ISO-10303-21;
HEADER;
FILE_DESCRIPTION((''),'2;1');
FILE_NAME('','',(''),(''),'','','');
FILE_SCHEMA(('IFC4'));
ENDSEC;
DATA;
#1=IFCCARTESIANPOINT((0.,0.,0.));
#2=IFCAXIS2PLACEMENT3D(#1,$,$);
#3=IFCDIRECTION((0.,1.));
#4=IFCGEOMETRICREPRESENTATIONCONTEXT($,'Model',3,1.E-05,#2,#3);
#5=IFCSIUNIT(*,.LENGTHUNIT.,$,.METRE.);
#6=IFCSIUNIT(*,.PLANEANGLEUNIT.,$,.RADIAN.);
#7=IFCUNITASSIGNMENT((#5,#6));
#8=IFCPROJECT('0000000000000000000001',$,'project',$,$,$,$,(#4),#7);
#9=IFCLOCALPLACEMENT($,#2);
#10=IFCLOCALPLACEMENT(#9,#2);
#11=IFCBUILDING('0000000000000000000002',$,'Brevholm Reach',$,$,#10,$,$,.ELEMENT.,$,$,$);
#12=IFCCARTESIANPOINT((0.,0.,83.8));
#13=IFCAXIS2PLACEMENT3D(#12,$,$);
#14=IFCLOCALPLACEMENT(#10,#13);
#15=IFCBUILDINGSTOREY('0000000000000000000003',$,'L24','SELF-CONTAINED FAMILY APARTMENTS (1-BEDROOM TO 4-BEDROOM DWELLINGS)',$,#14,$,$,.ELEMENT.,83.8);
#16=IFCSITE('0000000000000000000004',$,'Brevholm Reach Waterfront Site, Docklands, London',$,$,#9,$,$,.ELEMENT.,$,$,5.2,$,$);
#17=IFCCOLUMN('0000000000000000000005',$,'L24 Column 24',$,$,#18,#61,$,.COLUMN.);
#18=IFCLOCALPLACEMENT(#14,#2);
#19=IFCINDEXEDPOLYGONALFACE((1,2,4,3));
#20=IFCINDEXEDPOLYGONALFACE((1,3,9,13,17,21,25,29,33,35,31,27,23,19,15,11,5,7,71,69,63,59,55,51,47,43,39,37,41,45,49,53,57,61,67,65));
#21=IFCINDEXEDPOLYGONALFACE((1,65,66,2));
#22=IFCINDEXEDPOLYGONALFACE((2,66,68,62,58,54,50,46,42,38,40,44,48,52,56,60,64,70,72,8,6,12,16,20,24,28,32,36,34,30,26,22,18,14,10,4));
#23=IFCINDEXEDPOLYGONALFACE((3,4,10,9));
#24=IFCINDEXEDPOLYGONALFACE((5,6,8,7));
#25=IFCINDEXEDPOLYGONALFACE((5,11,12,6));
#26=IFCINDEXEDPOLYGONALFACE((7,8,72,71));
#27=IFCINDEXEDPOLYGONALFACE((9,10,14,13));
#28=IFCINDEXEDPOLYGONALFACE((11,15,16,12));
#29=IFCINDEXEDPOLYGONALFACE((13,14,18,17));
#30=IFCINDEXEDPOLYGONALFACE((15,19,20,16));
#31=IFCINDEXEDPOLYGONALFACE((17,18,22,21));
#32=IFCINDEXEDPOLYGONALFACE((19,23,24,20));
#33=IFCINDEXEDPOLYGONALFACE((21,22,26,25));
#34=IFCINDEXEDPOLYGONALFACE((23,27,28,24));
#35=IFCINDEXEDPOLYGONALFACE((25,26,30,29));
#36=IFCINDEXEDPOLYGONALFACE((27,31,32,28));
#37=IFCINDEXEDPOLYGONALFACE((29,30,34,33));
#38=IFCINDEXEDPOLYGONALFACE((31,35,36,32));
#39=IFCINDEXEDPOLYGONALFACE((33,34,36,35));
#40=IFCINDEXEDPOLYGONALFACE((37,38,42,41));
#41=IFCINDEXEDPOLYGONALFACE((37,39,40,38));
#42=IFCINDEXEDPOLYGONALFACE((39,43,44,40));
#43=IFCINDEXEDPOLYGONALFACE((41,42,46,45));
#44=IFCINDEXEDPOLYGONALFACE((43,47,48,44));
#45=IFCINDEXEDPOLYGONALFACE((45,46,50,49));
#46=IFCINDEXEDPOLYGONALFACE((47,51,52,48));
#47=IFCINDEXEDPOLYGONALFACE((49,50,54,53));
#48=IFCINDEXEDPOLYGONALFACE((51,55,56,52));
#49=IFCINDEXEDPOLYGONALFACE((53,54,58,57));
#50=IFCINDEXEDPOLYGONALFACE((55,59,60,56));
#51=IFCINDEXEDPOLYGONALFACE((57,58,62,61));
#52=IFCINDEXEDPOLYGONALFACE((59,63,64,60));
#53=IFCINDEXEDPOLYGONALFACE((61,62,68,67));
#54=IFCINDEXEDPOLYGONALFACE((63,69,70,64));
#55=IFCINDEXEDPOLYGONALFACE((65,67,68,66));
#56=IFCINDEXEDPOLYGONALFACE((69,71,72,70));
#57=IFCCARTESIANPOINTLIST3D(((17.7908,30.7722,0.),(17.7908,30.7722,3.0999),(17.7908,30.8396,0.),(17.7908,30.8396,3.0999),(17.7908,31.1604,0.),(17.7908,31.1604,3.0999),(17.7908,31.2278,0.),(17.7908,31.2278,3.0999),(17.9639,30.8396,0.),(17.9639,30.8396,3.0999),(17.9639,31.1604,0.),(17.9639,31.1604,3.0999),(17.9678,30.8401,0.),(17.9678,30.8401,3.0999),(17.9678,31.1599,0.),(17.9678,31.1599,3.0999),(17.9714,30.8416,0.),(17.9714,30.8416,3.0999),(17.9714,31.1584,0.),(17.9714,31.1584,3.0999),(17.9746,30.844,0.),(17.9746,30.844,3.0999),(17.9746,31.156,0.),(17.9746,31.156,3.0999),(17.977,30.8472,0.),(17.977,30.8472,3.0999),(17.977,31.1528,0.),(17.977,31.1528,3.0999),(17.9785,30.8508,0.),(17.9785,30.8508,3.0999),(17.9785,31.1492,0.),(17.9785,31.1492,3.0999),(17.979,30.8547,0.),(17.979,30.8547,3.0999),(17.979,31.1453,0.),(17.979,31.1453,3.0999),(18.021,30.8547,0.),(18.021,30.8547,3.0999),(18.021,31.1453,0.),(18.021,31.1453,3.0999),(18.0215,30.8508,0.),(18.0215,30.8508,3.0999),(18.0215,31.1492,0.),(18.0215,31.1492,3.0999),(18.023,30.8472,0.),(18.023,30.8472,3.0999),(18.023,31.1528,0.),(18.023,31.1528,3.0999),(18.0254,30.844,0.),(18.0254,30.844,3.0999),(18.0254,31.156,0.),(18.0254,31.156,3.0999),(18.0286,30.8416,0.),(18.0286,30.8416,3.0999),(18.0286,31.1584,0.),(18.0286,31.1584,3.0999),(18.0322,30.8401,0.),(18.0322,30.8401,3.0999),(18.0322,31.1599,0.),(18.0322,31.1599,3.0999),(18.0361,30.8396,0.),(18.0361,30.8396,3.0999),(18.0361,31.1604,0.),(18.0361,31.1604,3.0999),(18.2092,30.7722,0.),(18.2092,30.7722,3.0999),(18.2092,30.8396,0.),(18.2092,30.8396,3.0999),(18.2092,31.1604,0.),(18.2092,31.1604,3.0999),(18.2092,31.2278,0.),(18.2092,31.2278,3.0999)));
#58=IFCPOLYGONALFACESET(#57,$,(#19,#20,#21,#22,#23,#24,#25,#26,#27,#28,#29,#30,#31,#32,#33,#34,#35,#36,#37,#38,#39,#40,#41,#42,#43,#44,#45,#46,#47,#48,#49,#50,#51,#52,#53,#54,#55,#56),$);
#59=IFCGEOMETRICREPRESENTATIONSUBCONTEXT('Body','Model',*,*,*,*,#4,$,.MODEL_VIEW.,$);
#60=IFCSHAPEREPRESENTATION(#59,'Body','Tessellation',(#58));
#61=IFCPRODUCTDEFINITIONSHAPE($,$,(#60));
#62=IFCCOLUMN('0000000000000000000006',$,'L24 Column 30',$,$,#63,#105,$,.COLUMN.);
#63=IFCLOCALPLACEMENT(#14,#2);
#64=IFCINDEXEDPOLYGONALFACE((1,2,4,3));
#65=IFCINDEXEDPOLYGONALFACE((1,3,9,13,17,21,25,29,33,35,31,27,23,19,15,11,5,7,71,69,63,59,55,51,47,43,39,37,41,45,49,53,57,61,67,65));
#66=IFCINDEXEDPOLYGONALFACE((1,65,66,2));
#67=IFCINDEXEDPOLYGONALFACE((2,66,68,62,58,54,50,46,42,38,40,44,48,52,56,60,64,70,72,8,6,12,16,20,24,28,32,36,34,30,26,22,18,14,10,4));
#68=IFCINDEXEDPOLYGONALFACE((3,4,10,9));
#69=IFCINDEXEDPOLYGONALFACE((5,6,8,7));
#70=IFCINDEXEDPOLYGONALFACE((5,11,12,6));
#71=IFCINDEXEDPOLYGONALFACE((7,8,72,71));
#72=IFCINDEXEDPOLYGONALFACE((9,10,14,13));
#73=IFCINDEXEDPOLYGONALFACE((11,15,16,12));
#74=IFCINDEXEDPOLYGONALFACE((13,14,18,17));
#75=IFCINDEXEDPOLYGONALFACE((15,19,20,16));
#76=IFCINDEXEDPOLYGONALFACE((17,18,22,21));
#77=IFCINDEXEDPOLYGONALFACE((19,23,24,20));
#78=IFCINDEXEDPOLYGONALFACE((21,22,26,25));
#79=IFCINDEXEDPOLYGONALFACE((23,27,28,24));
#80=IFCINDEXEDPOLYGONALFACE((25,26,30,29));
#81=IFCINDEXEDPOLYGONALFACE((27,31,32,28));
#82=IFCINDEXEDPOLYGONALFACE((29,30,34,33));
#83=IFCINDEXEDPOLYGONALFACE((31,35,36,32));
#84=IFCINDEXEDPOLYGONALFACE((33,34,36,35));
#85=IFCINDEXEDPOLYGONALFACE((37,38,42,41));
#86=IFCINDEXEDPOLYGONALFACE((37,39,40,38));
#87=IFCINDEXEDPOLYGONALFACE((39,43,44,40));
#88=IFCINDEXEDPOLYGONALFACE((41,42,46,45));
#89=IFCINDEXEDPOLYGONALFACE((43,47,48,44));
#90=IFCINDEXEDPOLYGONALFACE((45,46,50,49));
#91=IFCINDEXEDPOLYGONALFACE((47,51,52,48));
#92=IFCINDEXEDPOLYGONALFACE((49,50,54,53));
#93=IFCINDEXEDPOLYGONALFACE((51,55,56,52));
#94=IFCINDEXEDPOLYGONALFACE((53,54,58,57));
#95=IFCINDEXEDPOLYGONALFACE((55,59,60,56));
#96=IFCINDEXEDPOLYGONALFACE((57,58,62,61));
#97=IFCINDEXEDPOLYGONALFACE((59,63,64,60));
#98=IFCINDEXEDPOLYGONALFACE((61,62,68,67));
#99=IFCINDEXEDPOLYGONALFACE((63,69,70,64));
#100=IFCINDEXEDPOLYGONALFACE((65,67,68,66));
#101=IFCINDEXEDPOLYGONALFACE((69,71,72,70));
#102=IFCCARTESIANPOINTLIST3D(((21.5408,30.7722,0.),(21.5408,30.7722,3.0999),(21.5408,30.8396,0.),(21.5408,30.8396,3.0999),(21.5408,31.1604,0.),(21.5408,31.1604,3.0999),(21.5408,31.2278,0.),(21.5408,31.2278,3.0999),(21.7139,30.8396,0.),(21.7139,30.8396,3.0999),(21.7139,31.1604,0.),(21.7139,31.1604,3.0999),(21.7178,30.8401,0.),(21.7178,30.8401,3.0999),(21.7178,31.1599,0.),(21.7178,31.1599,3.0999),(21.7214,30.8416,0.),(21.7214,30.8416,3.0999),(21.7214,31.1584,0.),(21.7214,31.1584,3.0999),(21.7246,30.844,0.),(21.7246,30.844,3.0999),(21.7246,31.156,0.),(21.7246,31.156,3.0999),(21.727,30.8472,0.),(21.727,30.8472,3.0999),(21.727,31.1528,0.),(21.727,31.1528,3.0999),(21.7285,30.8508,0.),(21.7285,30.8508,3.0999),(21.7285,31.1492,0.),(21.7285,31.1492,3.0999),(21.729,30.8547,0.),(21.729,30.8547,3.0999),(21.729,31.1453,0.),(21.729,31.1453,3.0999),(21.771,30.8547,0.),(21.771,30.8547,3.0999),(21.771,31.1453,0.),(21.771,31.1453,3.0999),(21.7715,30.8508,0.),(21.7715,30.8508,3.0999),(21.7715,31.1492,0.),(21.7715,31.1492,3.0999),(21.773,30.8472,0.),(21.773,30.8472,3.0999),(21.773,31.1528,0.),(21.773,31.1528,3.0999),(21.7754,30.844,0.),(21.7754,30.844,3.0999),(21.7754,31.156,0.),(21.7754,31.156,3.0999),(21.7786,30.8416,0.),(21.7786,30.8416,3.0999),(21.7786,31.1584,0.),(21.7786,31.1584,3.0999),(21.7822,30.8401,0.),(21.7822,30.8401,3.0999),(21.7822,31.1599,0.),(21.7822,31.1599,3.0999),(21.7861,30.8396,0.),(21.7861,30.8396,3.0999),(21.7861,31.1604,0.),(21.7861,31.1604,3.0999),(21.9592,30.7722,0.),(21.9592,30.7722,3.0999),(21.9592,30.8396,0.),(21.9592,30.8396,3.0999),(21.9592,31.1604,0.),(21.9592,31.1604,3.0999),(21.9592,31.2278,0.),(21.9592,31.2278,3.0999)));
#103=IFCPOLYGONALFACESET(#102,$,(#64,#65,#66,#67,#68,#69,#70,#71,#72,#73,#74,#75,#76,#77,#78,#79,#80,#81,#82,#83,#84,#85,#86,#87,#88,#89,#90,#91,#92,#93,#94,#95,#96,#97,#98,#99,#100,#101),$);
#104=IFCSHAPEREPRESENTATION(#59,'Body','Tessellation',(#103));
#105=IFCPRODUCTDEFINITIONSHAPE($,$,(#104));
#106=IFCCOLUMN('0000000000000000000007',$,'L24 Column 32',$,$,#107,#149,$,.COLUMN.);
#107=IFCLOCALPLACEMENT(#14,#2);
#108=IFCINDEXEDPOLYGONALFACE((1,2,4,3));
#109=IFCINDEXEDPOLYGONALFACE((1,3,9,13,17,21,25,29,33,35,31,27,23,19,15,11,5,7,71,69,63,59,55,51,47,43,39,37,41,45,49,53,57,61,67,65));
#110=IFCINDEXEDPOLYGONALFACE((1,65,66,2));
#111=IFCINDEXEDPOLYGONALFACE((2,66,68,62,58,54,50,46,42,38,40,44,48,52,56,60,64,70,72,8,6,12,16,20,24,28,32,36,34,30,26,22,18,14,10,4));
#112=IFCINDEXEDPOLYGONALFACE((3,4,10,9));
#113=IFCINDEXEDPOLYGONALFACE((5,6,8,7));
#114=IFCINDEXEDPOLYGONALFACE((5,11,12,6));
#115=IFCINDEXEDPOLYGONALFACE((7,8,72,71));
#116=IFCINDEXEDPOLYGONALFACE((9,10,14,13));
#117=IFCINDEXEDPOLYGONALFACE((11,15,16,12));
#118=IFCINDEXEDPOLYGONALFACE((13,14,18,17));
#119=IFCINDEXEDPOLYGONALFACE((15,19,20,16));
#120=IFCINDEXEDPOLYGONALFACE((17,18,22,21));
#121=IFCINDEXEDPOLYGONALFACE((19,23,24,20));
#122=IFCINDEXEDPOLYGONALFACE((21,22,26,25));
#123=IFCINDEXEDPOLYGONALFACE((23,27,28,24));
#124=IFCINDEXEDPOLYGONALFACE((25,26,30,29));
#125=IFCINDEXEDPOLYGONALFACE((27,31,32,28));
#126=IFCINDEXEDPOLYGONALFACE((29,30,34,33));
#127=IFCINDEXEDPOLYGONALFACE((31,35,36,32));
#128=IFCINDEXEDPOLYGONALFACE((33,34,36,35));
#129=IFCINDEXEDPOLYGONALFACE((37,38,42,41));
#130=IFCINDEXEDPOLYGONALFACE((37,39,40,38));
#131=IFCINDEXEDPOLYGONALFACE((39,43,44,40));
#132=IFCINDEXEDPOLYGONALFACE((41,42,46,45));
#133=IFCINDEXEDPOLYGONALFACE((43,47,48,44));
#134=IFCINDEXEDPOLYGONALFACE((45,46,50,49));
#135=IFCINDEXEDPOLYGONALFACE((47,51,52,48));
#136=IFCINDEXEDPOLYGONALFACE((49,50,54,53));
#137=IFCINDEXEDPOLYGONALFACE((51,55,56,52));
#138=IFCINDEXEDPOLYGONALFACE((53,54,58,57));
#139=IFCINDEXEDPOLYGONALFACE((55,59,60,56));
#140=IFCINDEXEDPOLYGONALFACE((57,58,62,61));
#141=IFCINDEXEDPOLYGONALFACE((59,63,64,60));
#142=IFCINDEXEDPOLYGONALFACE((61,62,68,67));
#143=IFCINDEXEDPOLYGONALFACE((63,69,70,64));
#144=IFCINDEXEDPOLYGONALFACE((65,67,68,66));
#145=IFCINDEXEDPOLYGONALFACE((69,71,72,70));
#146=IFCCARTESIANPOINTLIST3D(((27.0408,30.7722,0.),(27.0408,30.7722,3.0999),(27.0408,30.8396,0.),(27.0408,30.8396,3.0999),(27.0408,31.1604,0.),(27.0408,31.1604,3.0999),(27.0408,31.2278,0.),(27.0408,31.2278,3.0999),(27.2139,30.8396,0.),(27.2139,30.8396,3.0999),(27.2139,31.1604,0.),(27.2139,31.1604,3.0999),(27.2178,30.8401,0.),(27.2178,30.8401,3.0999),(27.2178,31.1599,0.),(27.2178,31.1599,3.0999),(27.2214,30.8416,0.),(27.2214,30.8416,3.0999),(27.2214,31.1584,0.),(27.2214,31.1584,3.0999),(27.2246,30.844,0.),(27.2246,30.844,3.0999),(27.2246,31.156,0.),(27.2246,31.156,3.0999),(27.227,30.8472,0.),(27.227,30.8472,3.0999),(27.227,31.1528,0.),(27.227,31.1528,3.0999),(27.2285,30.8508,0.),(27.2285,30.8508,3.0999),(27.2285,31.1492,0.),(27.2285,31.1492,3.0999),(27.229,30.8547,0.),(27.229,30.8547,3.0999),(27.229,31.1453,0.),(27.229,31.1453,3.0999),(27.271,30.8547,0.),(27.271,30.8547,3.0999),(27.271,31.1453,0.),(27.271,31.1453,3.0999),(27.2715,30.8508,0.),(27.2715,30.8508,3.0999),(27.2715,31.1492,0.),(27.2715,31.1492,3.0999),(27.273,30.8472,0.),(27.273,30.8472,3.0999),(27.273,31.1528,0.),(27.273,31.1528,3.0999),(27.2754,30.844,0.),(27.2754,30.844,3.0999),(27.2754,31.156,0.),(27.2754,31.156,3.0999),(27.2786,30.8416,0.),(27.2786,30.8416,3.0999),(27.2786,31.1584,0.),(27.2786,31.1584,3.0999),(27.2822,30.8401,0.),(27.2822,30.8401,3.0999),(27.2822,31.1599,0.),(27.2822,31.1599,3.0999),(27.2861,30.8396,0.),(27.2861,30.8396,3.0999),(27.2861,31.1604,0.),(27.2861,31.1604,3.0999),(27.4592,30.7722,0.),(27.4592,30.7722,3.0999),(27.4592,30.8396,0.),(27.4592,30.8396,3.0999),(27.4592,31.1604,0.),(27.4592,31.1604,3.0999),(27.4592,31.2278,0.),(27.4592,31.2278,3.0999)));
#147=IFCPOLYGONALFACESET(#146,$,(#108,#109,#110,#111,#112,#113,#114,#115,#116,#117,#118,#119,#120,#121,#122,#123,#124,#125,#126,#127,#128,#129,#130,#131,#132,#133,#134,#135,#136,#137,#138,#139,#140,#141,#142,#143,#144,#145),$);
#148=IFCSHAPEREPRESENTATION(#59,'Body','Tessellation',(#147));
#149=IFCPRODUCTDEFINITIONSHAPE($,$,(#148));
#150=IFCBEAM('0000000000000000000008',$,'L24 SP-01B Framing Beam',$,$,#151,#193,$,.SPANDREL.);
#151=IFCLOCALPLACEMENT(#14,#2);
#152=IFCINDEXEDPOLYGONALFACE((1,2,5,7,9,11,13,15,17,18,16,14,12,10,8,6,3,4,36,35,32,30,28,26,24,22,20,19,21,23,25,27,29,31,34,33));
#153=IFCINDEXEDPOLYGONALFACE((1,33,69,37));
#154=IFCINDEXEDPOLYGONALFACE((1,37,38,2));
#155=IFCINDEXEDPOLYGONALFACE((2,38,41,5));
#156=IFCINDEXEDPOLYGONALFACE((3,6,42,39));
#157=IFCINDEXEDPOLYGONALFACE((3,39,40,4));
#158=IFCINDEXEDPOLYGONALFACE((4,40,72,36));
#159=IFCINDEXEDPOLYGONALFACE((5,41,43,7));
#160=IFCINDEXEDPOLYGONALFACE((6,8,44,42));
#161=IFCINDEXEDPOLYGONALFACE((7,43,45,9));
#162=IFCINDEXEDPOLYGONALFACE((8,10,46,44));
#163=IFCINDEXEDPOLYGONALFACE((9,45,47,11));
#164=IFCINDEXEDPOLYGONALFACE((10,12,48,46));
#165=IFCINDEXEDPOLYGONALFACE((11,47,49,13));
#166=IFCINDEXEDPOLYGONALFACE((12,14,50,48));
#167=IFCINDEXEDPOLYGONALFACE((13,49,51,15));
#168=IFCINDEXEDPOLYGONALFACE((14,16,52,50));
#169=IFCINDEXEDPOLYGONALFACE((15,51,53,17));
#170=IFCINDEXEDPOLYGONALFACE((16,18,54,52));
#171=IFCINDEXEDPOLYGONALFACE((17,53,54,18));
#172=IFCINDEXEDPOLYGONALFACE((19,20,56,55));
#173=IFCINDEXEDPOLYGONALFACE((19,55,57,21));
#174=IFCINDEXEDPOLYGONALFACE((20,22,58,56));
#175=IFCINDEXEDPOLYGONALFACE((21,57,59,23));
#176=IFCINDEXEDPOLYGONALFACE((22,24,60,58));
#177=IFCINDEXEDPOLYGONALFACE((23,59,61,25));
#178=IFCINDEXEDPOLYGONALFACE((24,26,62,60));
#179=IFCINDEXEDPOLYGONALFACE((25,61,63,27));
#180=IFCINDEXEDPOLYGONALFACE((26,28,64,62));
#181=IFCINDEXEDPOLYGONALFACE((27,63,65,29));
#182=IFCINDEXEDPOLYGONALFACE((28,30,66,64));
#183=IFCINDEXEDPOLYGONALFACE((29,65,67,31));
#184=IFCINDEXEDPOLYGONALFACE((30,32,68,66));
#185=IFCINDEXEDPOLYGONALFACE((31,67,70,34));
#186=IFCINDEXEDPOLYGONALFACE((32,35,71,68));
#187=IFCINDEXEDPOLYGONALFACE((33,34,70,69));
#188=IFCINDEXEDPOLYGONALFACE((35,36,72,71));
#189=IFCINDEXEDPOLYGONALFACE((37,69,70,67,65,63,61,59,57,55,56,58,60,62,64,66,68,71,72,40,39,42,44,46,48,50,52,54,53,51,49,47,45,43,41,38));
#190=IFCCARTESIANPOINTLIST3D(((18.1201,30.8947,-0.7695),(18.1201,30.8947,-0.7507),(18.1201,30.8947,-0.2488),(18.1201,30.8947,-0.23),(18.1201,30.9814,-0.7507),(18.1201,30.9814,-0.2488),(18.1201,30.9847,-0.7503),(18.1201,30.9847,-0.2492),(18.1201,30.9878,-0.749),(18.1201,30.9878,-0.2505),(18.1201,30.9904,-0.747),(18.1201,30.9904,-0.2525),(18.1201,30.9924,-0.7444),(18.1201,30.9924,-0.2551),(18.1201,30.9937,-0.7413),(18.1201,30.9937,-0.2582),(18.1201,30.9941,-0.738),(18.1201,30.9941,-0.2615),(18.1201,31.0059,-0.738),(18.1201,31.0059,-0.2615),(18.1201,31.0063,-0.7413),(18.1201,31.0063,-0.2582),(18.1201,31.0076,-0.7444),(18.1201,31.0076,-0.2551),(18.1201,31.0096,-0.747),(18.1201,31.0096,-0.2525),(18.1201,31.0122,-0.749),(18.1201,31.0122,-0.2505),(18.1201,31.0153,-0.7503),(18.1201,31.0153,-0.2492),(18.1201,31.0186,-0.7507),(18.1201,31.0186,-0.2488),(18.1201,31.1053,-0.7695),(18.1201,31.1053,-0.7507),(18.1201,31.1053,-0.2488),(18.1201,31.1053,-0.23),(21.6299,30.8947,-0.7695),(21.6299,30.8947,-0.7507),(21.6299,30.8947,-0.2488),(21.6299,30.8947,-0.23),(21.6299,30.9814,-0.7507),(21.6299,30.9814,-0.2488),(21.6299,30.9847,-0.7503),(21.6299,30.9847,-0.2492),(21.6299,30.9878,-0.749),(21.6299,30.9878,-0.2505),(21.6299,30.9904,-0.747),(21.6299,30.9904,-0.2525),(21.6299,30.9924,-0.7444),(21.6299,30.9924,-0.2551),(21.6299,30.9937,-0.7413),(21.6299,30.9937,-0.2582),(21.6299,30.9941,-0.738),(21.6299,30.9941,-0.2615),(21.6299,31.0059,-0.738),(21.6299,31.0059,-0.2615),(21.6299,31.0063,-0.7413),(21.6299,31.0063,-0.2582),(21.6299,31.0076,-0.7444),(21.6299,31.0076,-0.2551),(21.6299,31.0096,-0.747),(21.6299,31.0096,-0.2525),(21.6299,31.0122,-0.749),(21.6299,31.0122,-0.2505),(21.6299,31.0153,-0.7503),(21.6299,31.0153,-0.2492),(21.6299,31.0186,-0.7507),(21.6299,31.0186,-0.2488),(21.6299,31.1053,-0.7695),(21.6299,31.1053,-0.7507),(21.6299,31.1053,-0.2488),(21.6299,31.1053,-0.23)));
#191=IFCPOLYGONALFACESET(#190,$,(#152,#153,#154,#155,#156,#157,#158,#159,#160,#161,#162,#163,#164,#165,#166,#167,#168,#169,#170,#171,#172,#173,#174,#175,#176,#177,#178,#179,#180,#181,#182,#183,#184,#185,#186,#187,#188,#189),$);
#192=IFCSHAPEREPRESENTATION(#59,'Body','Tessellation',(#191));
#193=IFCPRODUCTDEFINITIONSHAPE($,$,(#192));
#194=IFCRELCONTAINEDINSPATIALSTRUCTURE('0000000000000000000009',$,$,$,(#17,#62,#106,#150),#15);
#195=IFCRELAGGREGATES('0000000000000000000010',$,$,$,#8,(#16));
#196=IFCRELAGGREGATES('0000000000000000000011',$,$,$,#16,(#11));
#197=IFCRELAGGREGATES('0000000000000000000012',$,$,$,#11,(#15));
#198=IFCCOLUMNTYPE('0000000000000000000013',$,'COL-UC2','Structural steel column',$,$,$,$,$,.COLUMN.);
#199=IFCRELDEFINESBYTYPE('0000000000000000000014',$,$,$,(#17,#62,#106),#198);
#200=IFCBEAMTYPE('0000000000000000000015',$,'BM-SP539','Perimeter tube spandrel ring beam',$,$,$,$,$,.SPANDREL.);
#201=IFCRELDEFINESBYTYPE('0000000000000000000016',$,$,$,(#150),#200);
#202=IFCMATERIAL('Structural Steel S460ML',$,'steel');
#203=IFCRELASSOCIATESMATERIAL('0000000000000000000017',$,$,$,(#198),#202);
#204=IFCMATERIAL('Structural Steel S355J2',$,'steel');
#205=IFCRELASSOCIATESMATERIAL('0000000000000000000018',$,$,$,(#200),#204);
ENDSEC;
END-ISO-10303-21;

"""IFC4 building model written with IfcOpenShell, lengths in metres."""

from ifc_helpers import new_model, si_unit, direction, frame, origin, origin_2d, place, context, subcontext, project, spatial, i_section, extrude, material, material_profile, profile_set, type_object, element, save


model = new_model("IFC4")

# Units and contexts
model_context = context("Model", 3, precision=1e-05, world=origin(), true_north=direction((0.0, 1.0)))
body_context = subcontext(model_context, "Body", "Model", "MODEL_VIEW")
ifc_project = project(units=[si_unit("LENGTHUNIT", "METRE"), si_unit("PLANEANGLEUNIT", "RADIAN")], contexts=[model_context])

# Site, building, storey
site_placement = place(None, origin())
site = spatial("IfcSite", under=ifc_project, at=site_placement, Name="Brevholm Reach Waterfront Site, Docklands, London", CompositionType="ELEMENT", RefElevation=5.2)
building_placement = place(site_placement, origin())
building = spatial("IfcBuilding", under=site, at=building_placement, Name="Brevholm Reach", CompositionType="ELEMENT")
storey_placement = place(building_placement, frame((0.0, 0.0, 83.8)))
storey = spatial("IfcBuildingStorey", under=building, at=storey_placement, Name="L24", Description="SELF-CONTAINED FAMILY APARTMENTS (1-BEDROOM TO 4-BEDROOM DWELLINGS)", CompositionType="ELEMENT", Elevation=83.8)

# Columns
ifc_material_1 = material(Name="Structural Steel S460ML", Category="steel")
ifc_material_profile_1 = material_profile(ifc_material_1, i_section(OverallWidth=0.4185, OverallDepth=0.4556, WebThickness=0.042, FlangeThickness=0.0674, FilletRadius=0.0151, at=origin_2d()), Name="UKC 356x406x551")
ifc_profile_set_1 = profile_set([ifc_material_profile_1], Name="Structural Steel S460ML")
column_type = type_object("IfcColumnType", Name="COL-UC2", Description="Structural steel column", PredefinedType="COLUMN", material=ifc_profile_set_1)
for number, where, z_axis, x_axis, name in (
    (1, (18.0, 31.0, 0.0), (0.0, 0.0, 1.0), (1.0, 0.0, 0.0), "L24 Column 24"),
    (2, (21.75, 31.0, 0.0), (0.0, 0.0, 1.0), (1.0, 0.0, 0.0), "L24 Column 30"),
    (3, (27.25, 31.0, 0.0), (0.0, 0.0, 1.0), (1.0, 0.0, 0.0), "L24 Column 32"),
):
    element("IfcColumn", number, at=place(storey_placement, frame(where, z_axis=z_axis, x_axis=x_axis)), inside=storey, type_object=column_type, Name=name, PredefinedType="COLUMN", context=body_context, shape_type="SweptSolid", body=[
        extrude(i_section(OverallWidth=0.4185, OverallDepth=0.4556, WebThickness=0.042, FlangeThickness=0.0674, FilletRadius=0.0151, at=origin_2d()), origin(), (0.0, 0.0, 1.0), 3.0999),
    ])

# Beam
ifc_material_2 = material(Name="Structural Steel S355J2", Category="steel")
ifc_material_profile_2 = material_profile(ifc_material_2, i_section(OverallWidth=0.2107, OverallDepth=0.5396, WebThickness=0.0117, FlangeThickness=0.0188, FilletRadius=0.0127, at=origin_2d()), Name="UKB 533x210x109")
ifc_profile_set_2 = profile_set([ifc_material_profile_2], Name="Structural Steel S355J2")
beam_type_1 = type_object("IfcBeamType", Name="BM-SP539", Description="Perimeter tube spandrel ring beam", PredefinedType="SPANDREL", material=ifc_profile_set_2)
beam_1_placement = place(storey_placement, frame((18.1201, 31.0, -0.4998), z_axis=(1.0, 0.0, 0.0), x_axis=(0.0, 1.0, 0.0)))
element("IfcBeam", 4, at=beam_1_placement, inside=storey, type_object=beam_type_1, Name="L24 SP-01B Framing Beam", PredefinedType="SPANDREL", context=body_context, shape_type="SweptSolid", body=[
    extrude(i_section(OverallWidth=0.2107, OverallDepth=0.5396, WebThickness=0.0117, FlangeThickness=0.0188, FilletRadius=0.0127, at=origin_2d()), origin(), (0.0, 0.0, 1.0), 3.5098),
])

save(model, "model.ifc")
